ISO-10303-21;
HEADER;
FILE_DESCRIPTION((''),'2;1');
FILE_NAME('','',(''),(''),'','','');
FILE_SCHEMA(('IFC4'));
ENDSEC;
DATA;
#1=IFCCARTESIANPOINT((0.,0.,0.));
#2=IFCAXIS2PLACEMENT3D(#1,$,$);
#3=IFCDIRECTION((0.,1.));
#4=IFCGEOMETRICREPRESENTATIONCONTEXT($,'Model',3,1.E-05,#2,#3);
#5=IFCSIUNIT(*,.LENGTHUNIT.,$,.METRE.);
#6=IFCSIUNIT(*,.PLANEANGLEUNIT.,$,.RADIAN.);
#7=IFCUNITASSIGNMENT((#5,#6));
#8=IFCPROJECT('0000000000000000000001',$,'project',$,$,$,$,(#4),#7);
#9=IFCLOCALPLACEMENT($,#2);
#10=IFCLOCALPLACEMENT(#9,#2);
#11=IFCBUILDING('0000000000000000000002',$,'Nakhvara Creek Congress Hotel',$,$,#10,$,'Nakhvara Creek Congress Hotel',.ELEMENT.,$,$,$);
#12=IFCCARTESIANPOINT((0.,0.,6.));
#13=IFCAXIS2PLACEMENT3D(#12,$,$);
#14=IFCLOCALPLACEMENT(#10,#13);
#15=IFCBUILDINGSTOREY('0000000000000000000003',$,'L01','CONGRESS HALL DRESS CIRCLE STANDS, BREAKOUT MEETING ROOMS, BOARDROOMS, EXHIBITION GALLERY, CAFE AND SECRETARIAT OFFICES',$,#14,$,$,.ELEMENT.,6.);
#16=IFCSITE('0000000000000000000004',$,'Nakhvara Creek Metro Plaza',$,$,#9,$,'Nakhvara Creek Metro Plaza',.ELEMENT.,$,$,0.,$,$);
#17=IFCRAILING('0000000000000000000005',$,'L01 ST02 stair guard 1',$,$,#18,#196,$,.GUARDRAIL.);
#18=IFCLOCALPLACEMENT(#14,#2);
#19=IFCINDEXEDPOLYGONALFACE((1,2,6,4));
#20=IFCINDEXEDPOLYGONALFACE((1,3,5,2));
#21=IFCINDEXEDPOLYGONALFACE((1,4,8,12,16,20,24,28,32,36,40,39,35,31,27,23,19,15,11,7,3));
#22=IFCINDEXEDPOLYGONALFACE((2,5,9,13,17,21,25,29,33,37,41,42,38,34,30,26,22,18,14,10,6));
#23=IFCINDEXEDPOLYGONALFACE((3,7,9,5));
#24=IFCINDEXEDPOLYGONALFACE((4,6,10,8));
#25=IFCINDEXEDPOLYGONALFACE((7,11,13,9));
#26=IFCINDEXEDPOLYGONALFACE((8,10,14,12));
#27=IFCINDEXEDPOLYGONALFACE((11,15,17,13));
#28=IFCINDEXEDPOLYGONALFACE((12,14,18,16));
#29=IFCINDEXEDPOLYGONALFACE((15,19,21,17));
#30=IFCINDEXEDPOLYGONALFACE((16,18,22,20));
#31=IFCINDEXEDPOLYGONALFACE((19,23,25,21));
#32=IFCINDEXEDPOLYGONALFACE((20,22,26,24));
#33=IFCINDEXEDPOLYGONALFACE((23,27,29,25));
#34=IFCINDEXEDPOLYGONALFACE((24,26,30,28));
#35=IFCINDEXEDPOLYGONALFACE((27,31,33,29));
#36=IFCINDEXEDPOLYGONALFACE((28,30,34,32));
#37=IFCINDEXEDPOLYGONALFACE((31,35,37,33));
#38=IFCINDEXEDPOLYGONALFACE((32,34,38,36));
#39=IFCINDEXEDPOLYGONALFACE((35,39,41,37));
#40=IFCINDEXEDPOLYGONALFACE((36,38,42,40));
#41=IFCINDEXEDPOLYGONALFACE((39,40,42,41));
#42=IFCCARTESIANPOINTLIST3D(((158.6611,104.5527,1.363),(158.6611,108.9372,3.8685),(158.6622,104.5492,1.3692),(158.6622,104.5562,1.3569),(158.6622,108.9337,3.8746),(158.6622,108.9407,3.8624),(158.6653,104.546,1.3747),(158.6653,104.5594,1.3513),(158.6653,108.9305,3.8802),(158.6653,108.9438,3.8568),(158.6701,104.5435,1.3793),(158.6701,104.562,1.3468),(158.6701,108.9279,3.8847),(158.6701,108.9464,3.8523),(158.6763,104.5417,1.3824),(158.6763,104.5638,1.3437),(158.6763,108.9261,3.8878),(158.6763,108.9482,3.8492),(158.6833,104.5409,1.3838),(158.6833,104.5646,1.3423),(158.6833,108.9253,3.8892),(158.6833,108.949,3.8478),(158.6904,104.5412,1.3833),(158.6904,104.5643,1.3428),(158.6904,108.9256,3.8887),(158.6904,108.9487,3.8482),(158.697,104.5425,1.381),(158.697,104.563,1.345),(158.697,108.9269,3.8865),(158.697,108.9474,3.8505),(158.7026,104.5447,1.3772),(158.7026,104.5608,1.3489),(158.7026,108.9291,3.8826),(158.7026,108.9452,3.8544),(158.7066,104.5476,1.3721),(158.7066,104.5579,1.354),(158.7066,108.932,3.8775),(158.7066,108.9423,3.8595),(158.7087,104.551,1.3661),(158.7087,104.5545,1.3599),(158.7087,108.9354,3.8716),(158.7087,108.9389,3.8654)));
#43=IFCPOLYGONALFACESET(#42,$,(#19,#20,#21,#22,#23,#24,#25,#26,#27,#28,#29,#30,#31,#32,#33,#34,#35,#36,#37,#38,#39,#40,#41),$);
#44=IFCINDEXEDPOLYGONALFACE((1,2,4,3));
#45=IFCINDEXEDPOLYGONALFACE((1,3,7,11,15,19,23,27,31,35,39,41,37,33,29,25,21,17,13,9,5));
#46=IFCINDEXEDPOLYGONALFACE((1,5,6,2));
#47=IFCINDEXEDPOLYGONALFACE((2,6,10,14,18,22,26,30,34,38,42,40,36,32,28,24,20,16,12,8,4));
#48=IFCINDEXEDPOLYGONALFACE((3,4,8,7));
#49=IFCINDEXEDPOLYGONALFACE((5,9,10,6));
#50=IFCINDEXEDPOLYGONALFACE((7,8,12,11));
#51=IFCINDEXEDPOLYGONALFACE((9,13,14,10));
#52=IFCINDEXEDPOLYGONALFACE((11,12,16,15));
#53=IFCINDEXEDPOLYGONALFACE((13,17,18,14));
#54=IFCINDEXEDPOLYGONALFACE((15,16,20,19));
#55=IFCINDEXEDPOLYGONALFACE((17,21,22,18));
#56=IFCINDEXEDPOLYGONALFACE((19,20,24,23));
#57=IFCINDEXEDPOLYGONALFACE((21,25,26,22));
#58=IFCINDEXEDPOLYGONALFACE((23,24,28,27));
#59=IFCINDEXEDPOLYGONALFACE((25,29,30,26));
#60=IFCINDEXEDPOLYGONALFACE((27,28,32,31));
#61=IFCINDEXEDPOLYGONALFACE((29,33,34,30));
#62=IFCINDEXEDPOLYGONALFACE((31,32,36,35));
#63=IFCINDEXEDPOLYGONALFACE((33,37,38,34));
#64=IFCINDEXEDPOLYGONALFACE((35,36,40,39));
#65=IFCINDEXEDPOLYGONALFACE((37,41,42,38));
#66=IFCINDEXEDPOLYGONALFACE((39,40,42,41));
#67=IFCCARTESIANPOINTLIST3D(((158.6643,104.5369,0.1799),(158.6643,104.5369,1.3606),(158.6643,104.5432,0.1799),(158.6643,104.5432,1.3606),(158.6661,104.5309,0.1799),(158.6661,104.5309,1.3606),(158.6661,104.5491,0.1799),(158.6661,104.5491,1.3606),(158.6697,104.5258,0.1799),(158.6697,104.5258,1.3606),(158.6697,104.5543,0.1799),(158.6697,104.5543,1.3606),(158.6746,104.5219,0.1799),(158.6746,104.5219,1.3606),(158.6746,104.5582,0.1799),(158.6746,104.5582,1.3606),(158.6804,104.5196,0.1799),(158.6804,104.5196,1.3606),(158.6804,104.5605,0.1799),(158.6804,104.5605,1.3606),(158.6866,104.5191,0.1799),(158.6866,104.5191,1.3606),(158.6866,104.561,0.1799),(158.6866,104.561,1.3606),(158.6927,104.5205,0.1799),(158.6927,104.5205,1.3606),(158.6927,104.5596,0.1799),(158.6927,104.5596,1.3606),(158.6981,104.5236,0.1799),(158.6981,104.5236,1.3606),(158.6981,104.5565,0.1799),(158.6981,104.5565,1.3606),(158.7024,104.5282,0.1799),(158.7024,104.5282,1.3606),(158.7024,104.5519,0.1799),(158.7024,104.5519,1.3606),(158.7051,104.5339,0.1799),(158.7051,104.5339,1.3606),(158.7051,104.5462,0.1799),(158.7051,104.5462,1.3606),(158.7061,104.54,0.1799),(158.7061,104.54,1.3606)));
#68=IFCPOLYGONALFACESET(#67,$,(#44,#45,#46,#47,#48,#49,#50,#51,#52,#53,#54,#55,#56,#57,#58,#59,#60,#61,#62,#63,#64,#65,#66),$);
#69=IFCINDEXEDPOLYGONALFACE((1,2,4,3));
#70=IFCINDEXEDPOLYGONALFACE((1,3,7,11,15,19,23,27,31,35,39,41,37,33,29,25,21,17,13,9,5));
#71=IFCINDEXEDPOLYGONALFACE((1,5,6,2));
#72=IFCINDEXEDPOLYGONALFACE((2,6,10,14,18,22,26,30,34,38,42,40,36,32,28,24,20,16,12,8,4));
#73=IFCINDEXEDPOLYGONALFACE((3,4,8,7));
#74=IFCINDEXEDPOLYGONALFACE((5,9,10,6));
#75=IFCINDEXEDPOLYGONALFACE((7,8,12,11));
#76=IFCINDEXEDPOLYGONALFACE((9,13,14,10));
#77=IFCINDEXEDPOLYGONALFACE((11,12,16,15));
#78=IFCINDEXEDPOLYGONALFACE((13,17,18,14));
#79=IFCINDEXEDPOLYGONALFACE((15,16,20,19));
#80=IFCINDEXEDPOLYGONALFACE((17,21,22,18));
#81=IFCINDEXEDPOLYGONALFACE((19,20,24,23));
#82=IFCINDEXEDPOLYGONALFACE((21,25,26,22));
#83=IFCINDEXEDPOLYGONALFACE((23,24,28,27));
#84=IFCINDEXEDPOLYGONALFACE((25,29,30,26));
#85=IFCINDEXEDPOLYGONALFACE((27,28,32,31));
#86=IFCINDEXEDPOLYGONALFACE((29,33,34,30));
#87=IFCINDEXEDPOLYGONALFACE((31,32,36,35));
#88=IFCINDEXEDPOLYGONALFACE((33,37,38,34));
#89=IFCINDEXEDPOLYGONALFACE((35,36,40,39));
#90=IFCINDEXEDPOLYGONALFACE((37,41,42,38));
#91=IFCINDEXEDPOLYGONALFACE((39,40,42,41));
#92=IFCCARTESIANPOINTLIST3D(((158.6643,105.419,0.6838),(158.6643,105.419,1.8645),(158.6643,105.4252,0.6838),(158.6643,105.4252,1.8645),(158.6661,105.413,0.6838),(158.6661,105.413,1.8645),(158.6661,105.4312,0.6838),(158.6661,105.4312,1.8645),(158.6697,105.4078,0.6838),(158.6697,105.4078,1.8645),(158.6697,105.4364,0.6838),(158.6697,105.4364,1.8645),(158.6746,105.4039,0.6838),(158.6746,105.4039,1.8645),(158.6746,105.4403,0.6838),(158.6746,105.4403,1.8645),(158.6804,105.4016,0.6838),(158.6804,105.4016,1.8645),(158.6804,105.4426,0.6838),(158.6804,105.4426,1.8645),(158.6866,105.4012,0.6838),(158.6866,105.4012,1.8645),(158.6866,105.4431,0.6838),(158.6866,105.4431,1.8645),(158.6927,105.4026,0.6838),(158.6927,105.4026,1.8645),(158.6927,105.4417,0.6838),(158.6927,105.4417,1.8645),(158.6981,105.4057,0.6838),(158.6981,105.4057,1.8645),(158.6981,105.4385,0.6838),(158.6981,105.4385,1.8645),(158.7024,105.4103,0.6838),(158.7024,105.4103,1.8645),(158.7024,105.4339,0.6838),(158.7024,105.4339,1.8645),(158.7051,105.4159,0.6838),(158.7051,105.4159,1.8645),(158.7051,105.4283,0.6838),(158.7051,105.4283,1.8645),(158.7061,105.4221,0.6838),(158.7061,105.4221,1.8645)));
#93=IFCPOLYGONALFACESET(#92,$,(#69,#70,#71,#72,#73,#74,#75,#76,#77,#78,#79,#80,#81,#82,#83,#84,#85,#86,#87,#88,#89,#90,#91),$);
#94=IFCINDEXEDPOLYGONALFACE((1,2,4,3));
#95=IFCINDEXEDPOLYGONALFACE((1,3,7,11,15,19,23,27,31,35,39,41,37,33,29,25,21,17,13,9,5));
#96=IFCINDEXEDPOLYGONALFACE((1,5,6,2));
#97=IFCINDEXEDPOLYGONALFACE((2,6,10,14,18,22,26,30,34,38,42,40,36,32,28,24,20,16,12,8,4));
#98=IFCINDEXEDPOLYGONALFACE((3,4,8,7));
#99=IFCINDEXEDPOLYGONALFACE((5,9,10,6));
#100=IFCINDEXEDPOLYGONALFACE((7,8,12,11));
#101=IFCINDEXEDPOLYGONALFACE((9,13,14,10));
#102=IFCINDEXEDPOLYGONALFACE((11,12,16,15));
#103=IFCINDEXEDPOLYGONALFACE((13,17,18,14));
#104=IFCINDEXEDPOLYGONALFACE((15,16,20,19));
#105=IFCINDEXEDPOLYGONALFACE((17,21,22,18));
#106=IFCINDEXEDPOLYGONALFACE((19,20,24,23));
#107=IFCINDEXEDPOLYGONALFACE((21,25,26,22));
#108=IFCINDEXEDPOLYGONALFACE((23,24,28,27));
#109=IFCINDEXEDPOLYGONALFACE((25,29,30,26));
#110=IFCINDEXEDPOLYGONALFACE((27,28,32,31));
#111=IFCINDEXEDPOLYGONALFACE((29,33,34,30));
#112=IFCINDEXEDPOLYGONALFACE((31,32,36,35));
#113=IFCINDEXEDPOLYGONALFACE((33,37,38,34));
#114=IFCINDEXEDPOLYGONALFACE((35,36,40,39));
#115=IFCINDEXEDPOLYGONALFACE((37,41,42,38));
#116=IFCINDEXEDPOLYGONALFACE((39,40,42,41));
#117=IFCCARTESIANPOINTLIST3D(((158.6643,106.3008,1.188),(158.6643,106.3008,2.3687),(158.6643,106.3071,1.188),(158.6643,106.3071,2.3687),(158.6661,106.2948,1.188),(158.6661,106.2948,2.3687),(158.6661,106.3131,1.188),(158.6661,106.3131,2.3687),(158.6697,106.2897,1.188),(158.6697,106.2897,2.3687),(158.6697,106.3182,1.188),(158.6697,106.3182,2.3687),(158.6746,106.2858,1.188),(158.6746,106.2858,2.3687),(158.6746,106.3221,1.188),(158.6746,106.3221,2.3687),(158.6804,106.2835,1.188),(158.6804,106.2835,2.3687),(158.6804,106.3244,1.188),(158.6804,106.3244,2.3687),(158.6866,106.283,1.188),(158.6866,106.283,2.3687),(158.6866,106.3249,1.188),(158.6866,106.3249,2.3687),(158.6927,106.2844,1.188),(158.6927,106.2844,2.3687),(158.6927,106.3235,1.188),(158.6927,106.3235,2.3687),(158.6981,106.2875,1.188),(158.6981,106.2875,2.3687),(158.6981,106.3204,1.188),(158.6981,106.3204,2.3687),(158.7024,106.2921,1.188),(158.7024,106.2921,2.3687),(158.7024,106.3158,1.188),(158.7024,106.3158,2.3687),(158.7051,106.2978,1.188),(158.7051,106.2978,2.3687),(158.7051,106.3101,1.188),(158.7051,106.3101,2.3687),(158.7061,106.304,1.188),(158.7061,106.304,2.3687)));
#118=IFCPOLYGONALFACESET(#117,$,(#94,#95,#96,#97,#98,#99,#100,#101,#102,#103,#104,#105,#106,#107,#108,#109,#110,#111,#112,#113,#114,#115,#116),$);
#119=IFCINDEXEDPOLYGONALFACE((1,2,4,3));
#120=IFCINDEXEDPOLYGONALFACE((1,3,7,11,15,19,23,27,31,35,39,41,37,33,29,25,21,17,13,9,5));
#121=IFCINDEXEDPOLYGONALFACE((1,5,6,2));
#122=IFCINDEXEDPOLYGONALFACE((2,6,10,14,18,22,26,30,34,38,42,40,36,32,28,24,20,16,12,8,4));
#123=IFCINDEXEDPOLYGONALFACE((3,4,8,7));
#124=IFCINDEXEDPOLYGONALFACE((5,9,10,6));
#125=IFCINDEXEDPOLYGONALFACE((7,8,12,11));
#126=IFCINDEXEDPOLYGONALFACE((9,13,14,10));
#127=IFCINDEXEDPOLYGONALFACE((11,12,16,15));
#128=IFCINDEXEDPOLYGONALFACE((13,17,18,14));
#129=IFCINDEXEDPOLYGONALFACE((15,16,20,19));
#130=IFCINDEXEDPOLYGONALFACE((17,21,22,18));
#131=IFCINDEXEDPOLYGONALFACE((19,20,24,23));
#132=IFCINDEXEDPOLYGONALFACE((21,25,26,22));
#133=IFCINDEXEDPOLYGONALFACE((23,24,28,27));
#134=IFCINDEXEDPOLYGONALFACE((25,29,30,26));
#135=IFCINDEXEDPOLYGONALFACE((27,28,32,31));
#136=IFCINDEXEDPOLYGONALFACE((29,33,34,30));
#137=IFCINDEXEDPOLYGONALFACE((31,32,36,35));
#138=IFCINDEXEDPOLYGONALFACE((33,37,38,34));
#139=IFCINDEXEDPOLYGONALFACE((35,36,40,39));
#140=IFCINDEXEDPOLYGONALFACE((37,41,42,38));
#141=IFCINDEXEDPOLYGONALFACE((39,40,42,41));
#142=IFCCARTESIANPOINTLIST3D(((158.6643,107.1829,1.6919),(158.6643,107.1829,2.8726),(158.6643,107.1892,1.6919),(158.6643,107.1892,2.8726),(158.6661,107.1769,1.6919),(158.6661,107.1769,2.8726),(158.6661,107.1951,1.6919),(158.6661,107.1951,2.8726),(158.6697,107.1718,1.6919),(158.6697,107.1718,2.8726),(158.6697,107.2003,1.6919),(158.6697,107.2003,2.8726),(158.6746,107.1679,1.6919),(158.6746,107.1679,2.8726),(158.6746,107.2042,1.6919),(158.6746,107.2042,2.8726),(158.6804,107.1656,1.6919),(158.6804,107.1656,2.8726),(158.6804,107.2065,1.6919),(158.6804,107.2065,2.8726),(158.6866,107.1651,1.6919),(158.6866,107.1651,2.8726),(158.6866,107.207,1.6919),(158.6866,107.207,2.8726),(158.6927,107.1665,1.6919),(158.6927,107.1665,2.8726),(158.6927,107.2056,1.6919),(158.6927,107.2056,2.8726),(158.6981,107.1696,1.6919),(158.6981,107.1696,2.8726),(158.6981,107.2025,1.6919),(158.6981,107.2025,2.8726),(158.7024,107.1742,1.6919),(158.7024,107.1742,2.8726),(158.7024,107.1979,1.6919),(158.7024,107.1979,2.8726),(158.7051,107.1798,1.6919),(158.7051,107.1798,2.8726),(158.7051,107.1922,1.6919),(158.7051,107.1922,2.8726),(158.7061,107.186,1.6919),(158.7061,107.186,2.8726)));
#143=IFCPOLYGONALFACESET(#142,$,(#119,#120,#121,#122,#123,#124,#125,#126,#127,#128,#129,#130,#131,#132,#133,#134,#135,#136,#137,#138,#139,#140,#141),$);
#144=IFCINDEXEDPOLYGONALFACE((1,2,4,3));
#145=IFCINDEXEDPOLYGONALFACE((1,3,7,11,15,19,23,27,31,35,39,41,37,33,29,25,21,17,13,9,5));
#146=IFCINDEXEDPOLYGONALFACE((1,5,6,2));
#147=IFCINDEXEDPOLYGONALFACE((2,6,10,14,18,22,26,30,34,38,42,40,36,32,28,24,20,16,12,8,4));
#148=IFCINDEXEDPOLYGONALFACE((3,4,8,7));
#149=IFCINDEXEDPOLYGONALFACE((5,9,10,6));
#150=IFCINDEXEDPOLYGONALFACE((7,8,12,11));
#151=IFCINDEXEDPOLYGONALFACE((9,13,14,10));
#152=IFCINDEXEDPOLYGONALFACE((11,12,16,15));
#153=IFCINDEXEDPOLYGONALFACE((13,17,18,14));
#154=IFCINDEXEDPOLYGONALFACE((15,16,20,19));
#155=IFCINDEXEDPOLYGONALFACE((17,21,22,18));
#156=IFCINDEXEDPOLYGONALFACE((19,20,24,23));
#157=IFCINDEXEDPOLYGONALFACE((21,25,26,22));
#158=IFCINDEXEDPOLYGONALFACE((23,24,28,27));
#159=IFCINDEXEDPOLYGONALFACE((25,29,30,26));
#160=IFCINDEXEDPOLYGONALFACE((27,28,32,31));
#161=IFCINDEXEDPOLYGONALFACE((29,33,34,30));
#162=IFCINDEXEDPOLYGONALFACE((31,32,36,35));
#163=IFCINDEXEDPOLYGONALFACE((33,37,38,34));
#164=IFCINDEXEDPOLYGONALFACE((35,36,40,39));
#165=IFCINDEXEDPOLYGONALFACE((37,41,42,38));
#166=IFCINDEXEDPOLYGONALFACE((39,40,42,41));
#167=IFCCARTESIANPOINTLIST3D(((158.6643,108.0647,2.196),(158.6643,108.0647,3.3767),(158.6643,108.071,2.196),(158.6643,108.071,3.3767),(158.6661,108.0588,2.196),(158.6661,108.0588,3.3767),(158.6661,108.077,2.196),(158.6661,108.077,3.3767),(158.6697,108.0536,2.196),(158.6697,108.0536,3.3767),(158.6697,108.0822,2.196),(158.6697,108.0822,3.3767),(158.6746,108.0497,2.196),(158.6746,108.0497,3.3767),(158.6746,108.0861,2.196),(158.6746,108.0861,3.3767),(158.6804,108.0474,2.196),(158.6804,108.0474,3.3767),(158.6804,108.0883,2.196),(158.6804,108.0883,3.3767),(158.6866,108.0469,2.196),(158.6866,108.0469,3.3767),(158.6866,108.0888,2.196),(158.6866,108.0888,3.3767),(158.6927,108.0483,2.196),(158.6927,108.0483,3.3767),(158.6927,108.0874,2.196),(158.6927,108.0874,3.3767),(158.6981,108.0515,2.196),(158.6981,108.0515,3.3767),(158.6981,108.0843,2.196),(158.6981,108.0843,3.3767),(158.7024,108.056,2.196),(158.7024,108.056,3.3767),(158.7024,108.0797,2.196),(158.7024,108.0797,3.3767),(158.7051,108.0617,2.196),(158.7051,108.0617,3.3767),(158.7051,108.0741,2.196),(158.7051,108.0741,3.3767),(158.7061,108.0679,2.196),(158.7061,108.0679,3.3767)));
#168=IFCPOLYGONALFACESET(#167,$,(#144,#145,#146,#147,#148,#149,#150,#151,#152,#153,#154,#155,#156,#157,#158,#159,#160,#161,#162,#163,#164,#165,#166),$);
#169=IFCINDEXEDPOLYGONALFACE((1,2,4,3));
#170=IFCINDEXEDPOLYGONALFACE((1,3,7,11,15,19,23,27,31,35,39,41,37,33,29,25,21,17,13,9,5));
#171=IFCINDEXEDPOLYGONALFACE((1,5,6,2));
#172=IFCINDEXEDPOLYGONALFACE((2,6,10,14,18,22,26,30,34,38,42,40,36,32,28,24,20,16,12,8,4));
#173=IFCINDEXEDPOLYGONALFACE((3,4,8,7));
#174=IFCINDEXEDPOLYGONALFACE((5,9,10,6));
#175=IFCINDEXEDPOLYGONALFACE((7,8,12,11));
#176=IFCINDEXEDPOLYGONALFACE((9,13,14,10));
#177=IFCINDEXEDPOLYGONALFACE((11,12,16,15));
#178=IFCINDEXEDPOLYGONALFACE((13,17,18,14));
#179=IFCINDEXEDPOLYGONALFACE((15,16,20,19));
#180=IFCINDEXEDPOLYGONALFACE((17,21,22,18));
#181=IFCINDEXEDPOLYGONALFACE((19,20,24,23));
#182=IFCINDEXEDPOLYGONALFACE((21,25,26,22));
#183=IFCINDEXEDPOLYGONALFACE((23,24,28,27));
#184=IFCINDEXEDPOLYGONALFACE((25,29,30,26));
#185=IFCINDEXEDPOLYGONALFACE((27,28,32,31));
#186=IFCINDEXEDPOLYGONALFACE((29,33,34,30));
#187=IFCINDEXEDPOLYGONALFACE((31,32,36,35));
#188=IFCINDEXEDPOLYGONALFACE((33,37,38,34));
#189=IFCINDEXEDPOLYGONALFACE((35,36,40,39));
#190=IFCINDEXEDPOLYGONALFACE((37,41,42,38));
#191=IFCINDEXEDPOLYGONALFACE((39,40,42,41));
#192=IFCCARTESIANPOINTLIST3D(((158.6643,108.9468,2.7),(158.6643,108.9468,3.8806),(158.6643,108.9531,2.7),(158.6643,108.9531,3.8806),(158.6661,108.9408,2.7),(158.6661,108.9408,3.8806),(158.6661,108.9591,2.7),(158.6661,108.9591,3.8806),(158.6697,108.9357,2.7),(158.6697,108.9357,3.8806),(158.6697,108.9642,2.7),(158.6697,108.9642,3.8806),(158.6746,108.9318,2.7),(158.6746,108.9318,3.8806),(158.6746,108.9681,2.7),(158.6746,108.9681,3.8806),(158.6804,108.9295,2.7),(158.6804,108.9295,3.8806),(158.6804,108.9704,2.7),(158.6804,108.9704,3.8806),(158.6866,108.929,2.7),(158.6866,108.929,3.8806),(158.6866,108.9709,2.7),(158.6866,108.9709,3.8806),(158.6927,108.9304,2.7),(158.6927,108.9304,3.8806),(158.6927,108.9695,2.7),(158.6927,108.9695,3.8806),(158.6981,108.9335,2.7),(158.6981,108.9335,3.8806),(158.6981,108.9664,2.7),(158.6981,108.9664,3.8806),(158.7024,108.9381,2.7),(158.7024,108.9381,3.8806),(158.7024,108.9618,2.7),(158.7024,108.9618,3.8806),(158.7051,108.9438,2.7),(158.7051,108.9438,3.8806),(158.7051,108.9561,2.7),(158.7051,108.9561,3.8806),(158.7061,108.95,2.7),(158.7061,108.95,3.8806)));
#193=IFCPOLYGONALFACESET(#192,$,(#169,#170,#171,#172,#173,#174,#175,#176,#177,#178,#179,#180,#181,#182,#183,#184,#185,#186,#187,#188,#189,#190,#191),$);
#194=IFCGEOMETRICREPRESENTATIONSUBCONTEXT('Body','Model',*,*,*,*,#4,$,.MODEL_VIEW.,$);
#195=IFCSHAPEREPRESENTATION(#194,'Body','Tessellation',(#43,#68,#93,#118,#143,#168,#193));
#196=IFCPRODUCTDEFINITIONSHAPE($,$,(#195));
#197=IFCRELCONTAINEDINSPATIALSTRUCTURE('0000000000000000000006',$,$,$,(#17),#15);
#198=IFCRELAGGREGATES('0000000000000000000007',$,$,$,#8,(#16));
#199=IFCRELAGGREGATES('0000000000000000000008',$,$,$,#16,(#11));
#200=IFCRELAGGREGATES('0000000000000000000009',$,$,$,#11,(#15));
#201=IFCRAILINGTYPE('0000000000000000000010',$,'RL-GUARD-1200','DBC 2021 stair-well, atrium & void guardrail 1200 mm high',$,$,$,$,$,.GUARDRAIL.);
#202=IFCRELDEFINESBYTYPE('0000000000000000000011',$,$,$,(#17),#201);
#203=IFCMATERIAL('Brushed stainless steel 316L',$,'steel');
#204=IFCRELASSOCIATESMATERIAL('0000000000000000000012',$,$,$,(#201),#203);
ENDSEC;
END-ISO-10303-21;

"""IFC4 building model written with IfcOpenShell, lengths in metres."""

from ifc_helpers import new_model, si_unit, direction, frame, origin, origin_2d, place, context, subcontext, project, spatial, circle, extrude, material, type_object, element, save


model = new_model("IFC4")

# Units and contexts
model_context = context("Model", 3, precision=1e-05, world=origin(), true_north=direction((0.0, 1.0)))
body_context = subcontext(model_context, "Body", "Model", "MODEL_VIEW")
ifc_project = project(units=[si_unit("LENGTHUNIT", "METRE"), si_unit("PLANEANGLEUNIT", "RADIAN")], contexts=[model_context])

# Site, building, storey
site_placement = place(None, origin())
site = spatial("IfcSite", under=ifc_project, at=site_placement, Name="Nakhvara Creek Metro Plaza", LongName="Nakhvara Creek Metro Plaza", CompositionType="ELEMENT", RefElevation=0.0)
building_placement = place(site_placement, origin())
building = spatial("IfcBuilding", under=site, at=building_placement, Name="Nakhvara Creek Congress Hotel", LongName="Nakhvara Creek Congress Hotel", CompositionType="ELEMENT")
storey_placement = place(building_placement, frame((0.0, 0.0, 6.0)))
storey = spatial("IfcBuildingStorey", under=building, at=storey_placement, Name="L01", Description="CONGRESS HALL DRESS CIRCLE STANDS, BREAKOUT MEETING ROOMS, BOARDROOMS, EXHIBITION GALLERY, CAFE AND SECRETARIAT OFFICES", CompositionType="ELEMENT", Elevation=6.0)

# Railing
ifc_material_1 = material(Name="Brushed stainless steel 316L", Category="steel")
railing_type_1 = type_object("IfcRailingType", Name="RL-GUARD-1200", Description="DBC 2021 stair-well, atrium & void guardrail 1200 mm high", PredefinedType="GUARDRAIL", material=ifc_material_1)
railing_1_placement = place(storey_placement, frame((158.6851, 104.54, 0.1799)))
element("IfcRailing", 1, at=railing_1_placement, inside=storey, type_object=railing_type_1, Name="L01 ST02 stair guard 1", PredefinedType="GUARDRAIL", context=body_context, shape_type="SweptSolid", body=[
    extrude(circle(Radius=0.0239, at=origin_2d()), frame((0.0, 0.0127, 1.1831), z_axis=(0.0, 0.868237, 0.496149), x_axis=(-1.0, 0.0, 0.0)), (0.0, 0.0, 1.0), 5.0498),
    extrude(circle(Radius=0.021, at=origin_2d()), origin(), (0.0, 0.0, 1.0), 1.1807),
    extrude(circle(Radius=0.021, at=origin_2d()), frame((0.0, 0.8821, 0.5039)), (0.0, 0.0, 1.0), 1.1807),
    extrude(circle(Radius=0.021, at=origin_2d()), frame((0.0, 1.7639, 1.0081)), (0.0, 0.0, 1.0), 1.1807),
    extrude(circle(Radius=0.021, at=origin_2d()), frame((0.0, 2.646, 1.512)), (0.0, 0.0, 1.0), 1.1807),
    extrude(circle(Radius=0.021, at=origin_2d()), frame((0.0, 3.5278, 2.0161)), (0.0, 0.0, 1.0), 1.1807),
    extrude(circle(Radius=0.021, at=origin_2d()), frame((0.0, 4.4099, 2.52)), (0.0, 0.0, 1.0), 1.1807),
])

save(model, "model.ifc")
